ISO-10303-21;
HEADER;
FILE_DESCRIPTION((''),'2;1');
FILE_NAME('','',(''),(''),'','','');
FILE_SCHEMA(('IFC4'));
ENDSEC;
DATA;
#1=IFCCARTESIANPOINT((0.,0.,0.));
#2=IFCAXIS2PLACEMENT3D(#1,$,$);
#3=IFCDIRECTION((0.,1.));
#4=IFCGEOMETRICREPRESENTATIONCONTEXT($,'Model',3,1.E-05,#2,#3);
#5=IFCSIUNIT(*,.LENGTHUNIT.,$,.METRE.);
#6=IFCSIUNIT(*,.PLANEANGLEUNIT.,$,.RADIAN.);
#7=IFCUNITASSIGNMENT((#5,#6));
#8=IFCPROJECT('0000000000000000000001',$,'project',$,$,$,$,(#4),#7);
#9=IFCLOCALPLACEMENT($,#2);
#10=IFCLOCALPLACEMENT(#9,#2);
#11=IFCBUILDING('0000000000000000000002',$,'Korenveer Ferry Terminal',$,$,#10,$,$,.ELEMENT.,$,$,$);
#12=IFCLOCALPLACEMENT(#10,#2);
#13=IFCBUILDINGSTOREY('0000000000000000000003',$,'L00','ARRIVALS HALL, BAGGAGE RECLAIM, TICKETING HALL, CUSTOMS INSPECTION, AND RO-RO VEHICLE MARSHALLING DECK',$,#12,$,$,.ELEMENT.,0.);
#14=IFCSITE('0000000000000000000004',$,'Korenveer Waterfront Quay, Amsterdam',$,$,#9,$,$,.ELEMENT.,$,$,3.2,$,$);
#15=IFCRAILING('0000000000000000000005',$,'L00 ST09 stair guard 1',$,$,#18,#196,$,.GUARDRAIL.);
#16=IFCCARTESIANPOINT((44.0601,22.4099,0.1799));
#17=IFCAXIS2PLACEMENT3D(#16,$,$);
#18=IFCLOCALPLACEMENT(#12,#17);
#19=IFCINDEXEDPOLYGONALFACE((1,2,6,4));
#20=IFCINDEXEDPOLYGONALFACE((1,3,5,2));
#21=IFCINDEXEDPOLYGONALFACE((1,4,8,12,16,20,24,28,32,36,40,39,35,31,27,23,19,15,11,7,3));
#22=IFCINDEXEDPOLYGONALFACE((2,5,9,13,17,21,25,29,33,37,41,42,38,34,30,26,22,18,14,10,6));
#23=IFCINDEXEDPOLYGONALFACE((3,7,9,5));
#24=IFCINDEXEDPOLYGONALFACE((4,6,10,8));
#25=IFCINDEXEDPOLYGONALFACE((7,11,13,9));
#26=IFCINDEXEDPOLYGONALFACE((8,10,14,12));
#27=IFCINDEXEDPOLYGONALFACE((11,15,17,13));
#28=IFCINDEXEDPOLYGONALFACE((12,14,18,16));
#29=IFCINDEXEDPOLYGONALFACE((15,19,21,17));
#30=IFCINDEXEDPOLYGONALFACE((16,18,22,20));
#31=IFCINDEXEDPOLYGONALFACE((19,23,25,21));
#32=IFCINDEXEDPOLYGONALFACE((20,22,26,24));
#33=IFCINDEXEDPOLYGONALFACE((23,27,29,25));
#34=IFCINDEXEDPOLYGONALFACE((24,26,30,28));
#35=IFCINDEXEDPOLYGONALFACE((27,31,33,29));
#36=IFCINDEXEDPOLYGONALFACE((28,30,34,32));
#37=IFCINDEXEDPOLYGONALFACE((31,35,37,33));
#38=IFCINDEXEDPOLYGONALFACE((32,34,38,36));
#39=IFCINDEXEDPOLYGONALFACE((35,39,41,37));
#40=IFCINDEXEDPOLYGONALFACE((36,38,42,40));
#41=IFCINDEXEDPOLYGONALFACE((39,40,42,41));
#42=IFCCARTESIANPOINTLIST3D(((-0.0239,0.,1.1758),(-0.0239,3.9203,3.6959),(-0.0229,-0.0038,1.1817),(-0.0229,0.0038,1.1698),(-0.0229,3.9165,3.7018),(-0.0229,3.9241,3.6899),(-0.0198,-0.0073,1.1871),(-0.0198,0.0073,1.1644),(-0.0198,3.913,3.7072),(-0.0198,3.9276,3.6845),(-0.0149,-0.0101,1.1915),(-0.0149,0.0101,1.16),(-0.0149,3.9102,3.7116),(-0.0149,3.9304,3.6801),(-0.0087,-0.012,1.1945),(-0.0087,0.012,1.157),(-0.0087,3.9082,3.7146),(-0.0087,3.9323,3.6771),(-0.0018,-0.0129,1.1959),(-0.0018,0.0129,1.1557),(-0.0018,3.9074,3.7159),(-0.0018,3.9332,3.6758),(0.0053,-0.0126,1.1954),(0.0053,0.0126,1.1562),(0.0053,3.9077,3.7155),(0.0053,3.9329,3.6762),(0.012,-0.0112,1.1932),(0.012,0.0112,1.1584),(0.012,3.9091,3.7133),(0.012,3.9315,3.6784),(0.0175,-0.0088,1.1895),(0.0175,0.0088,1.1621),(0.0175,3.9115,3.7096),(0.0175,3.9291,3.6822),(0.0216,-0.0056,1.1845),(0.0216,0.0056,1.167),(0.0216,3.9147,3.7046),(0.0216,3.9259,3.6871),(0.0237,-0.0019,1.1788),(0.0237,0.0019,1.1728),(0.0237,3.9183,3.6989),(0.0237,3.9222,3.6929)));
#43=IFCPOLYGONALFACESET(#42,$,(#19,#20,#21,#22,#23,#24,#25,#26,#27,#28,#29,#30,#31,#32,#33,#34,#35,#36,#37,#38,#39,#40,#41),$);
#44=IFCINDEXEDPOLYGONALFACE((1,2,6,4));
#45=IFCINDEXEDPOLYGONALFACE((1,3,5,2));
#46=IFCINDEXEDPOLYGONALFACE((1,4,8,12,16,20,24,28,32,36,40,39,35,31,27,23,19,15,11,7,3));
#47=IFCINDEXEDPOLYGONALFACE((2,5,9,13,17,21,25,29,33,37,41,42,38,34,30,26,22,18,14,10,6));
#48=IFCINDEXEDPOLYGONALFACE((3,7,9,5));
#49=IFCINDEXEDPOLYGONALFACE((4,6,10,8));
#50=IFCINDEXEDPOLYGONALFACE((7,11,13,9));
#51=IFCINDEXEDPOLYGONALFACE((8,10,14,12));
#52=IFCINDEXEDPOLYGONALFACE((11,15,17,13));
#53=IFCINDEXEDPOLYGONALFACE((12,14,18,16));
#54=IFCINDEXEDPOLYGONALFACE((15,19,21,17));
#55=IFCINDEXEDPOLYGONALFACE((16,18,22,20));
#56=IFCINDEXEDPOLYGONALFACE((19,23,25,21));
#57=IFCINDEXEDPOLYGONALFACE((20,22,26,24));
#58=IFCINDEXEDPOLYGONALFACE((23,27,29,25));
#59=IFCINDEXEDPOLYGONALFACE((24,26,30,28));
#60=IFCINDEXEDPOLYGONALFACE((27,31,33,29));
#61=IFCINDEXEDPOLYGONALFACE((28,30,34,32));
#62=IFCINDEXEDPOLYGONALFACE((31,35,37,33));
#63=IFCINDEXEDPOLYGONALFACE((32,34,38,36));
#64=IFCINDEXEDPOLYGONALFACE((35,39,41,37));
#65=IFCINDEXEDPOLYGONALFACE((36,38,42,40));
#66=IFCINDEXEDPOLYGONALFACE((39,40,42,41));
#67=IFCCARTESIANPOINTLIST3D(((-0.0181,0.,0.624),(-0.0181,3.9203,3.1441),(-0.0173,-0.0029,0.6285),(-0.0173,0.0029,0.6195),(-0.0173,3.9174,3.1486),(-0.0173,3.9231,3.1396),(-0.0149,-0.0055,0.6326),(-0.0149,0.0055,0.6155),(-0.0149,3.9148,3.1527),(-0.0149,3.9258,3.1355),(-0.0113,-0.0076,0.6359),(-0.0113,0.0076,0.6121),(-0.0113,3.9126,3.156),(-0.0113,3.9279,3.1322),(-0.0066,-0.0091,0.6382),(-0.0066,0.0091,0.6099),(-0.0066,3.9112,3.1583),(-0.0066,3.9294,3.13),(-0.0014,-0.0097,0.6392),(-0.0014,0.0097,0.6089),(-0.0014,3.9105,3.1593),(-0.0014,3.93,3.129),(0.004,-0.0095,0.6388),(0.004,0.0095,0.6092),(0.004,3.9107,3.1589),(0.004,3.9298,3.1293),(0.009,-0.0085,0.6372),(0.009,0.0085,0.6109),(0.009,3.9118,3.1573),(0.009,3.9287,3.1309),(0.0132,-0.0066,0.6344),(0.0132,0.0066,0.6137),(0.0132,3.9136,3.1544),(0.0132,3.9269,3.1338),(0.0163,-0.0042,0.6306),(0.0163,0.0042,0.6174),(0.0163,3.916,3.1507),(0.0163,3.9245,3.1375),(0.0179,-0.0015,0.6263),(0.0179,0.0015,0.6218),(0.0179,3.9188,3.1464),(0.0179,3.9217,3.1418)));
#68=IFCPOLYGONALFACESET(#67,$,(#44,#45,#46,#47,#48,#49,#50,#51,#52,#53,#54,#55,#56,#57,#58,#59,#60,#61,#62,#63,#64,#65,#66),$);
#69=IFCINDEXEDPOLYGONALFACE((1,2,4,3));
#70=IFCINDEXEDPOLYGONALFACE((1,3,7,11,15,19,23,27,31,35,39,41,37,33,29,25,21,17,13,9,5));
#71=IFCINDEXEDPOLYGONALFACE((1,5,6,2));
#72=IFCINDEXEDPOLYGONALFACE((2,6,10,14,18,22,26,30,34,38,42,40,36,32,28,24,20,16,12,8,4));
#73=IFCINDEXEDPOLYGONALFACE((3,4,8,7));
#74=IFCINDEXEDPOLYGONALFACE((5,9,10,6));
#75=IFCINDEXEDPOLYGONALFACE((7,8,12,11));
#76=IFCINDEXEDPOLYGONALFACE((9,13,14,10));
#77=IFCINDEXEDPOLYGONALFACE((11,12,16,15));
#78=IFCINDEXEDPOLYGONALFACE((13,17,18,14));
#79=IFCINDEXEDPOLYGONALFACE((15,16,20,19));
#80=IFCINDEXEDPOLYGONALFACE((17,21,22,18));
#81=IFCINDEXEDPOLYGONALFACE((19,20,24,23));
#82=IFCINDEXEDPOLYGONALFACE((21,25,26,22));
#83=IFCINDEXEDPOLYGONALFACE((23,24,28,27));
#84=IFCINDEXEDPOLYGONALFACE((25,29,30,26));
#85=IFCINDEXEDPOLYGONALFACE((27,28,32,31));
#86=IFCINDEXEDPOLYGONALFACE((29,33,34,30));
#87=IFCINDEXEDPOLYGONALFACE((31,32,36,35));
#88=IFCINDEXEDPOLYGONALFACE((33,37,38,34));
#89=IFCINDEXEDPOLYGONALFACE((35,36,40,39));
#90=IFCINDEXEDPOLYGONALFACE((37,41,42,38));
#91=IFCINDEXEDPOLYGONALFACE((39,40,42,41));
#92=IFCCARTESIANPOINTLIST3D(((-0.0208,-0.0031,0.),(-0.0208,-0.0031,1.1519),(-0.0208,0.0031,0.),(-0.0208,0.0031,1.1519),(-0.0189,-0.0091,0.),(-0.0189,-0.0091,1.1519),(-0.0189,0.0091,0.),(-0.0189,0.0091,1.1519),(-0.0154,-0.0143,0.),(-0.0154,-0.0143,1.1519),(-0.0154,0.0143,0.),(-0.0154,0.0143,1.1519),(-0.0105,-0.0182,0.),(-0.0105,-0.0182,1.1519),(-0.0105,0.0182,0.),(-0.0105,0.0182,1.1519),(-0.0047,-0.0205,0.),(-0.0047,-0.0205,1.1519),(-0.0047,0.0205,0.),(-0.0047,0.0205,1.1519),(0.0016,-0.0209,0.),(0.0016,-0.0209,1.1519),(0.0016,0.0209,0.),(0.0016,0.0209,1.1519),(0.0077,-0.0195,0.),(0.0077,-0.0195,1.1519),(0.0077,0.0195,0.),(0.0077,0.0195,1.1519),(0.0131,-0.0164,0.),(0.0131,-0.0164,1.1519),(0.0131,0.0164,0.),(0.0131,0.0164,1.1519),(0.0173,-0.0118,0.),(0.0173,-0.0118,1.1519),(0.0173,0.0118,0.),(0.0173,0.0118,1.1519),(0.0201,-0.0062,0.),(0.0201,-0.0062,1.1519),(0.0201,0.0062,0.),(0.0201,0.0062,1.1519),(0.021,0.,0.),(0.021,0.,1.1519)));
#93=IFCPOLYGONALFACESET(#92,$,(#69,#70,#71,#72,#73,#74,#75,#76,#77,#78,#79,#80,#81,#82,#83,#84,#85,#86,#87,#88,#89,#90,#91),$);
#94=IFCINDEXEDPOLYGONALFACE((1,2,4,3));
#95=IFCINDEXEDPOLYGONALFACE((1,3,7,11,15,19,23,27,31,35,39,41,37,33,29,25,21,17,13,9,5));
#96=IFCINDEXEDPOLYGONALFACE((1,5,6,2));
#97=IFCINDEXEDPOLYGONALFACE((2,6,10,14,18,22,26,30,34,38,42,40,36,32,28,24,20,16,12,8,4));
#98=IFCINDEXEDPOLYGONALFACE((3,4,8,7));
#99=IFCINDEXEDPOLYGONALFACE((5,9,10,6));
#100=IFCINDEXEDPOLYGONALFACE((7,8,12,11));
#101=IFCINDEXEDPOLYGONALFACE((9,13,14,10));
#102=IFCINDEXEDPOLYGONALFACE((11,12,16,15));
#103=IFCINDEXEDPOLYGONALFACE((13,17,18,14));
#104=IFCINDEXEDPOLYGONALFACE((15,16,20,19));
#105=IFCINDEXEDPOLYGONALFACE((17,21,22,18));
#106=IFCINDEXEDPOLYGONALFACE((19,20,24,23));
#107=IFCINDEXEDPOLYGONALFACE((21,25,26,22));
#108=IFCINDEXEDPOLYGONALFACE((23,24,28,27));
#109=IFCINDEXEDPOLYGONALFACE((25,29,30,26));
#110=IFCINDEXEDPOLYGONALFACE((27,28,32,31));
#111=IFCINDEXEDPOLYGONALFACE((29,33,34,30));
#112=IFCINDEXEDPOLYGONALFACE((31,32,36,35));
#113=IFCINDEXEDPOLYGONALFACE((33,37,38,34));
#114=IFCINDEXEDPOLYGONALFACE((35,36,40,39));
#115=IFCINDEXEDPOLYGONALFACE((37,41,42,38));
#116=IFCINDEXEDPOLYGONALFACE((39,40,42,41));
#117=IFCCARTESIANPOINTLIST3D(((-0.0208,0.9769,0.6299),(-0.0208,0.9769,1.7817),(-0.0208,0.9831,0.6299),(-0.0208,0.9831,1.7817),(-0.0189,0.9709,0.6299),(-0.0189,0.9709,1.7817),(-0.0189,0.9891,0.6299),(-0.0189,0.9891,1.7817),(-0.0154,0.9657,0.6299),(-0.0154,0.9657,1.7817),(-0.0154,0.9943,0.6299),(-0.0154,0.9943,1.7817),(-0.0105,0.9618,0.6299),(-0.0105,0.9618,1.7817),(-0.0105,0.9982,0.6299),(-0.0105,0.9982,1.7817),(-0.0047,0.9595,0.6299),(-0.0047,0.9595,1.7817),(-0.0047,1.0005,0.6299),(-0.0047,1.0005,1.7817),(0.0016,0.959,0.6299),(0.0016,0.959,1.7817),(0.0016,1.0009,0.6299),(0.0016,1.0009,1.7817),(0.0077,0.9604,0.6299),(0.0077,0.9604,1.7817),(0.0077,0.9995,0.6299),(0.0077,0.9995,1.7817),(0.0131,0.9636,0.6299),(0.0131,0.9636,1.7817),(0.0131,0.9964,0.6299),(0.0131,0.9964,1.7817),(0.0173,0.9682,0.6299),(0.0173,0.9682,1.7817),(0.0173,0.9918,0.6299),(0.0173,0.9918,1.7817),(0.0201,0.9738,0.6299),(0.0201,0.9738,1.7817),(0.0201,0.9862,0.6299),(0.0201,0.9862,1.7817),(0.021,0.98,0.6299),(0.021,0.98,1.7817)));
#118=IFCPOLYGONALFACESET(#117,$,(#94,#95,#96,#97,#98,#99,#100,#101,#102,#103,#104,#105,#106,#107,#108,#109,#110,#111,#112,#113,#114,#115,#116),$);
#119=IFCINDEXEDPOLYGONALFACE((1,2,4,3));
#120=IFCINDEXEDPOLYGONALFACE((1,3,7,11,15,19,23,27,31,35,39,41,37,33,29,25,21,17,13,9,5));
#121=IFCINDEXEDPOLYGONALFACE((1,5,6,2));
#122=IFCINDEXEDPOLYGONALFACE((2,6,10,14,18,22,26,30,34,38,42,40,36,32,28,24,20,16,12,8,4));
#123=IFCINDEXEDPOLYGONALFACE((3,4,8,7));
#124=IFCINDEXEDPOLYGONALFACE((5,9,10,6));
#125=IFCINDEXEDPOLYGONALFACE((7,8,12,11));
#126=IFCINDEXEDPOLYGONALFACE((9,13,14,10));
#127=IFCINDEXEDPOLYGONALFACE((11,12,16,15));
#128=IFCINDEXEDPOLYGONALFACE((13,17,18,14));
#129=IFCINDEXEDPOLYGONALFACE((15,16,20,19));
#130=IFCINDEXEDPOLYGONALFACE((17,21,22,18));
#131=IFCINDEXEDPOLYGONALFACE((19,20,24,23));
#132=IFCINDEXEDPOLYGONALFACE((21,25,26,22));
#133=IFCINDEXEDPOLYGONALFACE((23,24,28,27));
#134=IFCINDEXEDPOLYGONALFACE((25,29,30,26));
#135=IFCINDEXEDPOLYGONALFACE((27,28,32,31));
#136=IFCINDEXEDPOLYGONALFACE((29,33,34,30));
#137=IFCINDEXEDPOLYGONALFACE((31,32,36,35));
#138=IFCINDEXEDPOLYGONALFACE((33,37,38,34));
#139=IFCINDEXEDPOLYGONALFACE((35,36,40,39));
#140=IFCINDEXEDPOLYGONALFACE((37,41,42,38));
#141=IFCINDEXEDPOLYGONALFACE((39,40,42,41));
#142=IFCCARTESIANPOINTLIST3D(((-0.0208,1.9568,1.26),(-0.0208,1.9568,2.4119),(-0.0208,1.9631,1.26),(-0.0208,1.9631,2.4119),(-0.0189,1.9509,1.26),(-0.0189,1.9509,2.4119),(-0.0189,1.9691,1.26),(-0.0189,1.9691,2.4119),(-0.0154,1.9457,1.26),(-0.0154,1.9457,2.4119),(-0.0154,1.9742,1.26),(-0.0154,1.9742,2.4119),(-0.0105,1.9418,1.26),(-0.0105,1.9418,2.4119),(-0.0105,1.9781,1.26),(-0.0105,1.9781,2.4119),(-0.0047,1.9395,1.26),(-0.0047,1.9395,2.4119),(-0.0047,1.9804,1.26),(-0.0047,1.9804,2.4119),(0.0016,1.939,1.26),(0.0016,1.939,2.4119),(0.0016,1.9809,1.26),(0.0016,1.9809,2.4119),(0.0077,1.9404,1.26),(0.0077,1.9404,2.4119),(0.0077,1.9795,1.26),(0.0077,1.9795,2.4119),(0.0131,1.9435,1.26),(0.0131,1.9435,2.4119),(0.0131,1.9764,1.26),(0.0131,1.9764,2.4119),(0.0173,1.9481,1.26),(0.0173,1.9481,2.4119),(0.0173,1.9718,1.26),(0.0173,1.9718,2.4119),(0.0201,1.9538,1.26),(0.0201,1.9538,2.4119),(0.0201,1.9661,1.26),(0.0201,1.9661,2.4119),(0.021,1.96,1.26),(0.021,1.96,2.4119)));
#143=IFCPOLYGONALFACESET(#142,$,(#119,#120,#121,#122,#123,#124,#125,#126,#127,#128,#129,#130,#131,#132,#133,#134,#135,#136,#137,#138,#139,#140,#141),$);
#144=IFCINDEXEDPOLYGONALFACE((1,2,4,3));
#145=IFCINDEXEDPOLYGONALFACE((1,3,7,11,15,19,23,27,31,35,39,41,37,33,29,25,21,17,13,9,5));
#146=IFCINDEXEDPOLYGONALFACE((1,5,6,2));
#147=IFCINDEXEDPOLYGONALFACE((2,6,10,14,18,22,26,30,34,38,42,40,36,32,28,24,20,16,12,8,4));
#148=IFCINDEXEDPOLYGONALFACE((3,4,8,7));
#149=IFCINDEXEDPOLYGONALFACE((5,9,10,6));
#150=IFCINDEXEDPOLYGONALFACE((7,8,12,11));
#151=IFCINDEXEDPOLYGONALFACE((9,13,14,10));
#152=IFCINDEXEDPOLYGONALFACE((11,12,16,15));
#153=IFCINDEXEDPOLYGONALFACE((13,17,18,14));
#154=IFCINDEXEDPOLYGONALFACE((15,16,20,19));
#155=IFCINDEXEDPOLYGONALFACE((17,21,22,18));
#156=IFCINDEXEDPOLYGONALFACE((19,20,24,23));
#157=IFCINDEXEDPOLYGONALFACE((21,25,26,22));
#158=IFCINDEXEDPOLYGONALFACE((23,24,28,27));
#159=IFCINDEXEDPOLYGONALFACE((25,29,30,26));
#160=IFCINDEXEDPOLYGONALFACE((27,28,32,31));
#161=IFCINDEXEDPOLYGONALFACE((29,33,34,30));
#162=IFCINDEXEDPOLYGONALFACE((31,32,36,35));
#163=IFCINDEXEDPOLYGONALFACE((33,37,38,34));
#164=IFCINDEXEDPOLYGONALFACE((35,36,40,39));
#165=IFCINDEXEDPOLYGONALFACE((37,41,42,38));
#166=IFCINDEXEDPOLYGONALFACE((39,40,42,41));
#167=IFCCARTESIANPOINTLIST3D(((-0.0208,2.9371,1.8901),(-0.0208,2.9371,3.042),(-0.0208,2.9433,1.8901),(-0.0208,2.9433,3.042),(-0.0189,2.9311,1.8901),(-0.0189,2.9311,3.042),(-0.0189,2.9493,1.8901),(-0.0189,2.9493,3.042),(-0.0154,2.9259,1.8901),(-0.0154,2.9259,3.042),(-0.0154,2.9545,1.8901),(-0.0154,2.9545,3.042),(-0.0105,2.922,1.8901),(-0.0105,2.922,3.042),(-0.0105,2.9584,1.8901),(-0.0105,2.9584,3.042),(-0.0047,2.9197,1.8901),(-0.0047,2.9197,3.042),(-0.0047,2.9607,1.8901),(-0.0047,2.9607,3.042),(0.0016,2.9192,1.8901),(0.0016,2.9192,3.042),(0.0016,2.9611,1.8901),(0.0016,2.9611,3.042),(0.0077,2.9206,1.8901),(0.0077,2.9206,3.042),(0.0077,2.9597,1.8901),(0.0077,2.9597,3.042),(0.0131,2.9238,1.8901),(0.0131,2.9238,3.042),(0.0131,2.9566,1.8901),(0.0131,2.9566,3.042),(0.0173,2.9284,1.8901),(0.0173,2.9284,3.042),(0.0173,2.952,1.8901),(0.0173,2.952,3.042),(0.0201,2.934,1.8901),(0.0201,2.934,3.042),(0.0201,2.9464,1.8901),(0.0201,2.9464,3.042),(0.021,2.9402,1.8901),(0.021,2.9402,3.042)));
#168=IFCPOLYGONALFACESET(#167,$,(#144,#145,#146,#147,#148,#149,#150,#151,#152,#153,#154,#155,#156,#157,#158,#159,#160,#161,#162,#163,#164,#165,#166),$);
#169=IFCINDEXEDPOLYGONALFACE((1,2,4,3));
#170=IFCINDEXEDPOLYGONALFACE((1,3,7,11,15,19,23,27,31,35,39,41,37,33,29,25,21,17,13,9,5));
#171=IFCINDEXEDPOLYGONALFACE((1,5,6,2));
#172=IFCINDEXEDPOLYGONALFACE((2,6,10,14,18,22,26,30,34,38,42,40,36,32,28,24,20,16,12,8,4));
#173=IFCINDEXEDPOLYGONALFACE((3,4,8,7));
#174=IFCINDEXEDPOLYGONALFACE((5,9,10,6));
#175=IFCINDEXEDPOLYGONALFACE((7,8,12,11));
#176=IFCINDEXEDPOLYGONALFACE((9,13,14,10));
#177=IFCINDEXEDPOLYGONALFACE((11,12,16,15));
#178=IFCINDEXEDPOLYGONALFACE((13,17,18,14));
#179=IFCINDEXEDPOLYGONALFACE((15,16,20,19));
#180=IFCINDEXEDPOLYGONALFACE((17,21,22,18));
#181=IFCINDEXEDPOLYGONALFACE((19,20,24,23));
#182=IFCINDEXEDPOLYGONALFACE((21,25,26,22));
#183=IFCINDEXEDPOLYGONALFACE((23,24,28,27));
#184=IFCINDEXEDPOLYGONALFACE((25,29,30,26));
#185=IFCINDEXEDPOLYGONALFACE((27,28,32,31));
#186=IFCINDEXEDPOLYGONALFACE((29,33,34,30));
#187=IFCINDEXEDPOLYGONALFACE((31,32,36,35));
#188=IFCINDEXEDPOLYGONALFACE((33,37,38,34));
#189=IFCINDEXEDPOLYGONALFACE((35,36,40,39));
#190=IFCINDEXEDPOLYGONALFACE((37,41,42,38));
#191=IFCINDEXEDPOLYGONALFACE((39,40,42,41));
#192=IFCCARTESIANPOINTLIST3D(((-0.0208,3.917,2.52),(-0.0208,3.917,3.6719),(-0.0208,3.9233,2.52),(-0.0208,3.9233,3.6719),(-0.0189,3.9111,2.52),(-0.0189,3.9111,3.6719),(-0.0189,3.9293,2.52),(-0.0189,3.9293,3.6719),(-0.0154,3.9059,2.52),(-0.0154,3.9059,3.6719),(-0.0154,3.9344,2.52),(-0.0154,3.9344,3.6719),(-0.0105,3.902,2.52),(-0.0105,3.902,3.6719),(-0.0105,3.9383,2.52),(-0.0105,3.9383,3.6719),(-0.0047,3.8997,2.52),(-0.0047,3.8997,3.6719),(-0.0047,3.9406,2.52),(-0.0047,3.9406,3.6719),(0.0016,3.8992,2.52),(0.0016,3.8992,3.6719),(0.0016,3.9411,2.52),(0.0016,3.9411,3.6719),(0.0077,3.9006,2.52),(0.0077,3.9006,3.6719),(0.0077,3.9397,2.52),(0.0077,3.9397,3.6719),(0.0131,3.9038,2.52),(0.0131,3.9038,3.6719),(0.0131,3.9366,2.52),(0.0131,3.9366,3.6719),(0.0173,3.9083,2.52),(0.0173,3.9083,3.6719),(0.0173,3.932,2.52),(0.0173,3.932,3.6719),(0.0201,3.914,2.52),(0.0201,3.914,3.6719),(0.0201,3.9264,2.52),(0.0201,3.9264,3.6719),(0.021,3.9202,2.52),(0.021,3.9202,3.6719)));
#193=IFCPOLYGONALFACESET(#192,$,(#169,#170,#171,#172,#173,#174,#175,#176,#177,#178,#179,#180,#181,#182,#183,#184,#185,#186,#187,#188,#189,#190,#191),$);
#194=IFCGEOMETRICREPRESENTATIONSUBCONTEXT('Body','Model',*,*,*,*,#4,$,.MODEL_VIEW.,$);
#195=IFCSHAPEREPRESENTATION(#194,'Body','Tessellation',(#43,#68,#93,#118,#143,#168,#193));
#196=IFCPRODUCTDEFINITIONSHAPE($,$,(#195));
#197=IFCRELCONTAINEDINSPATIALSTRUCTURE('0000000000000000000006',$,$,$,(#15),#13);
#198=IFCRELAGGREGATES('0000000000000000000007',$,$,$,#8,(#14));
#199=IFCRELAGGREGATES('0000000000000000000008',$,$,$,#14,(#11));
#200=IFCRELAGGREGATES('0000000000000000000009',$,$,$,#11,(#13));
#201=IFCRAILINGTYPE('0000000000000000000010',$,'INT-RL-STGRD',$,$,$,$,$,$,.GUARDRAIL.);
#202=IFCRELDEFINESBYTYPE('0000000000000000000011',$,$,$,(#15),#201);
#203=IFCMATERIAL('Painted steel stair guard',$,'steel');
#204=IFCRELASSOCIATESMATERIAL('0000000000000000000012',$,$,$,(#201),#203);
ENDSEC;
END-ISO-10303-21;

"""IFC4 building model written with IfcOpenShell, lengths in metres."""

from ifc_helpers import new_model, si_unit, direction, frame, origin, origin_2d, place, context, subcontext, project, spatial, circle, extrude, material, type_object, element, save


model = new_model("IFC4")

# Units and contexts
model_context = context("Model", 3, precision=1e-05, world=origin(), true_north=direction((0.0, 1.0)))
body_context = subcontext(model_context, "Body", "Model", "MODEL_VIEW")
ifc_project = project(units=[si_unit("LENGTHUNIT", "METRE"), si_unit("PLANEANGLEUNIT", "RADIAN")], contexts=[model_context])

# Site, building, storey
site_placement = place(None, origin())
site = spatial("IfcSite", under=ifc_project, at=site_placement, Name="Korenveer Waterfront Quay, Amsterdam", CompositionType="ELEMENT", RefElevation=3.2)
building_placement = place(site_placement, origin())
building = spatial("IfcBuilding", under=site, at=building_placement, Name="Korenveer Ferry Terminal", CompositionType="ELEMENT")
storey_placement = place(building_placement, origin())
storey = spatial("IfcBuildingStorey", under=building, at=storey_placement, Name="L00", Description="ARRIVALS HALL, BAGGAGE RECLAIM, TICKETING HALL, CUSTOMS INSPECTION, AND RO-RO VEHICLE MARSHALLING DECK", CompositionType="ELEMENT", Elevation=0.0)

# Railing
ifc_material_1 = material(Name="Painted steel stair guard", Category="steel")
railing_type_1 = type_object("IfcRailingType", Name="INT-RL-STGRD", PredefinedType="GUARDRAIL", material=ifc_material_1)
railing_1_placement = place(storey_placement, frame((44.0601, 22.4099, 0.1799)))
element("IfcRailing", 1, at=railing_1_placement, inside=storey, type_object=railing_type_1, Name="L00 ST09 stair guard 1", PredefinedType="GUARDRAIL", context=body_context, shape_type="SweptSolid", body=[
    extrude(circle(Radius=0.0239, at=origin_2d()), frame((0.0, 0.0, 1.1758), z_axis=(0.0, 0.841187, 0.540744), x_axis=(-1.0, 0.0, 0.0)), (0.0, 0.0, 1.0), 4.6604),
    extrude(circle(Radius=0.0181, at=origin_2d()), frame((0.0, 0.0, 0.624), z_axis=(0.0, 0.841187, 0.540744), x_axis=(-1.0, 0.0, 0.0)), (0.0, 0.0, 1.0), 4.6604),
    extrude(circle(Radius=0.021, at=origin_2d()), origin(), (0.0, 0.0, 1.0), 1.1519),
    extrude(circle(Radius=0.021, at=origin_2d()), frame((0.0, 0.98, 0.6299)), (0.0, 0.0, 1.0), 1.1519),
    extrude(circle(Radius=0.021, at=origin_2d()), frame((0.0, 1.96, 1.26)), (0.0, 0.0, 1.0), 1.1519),
    extrude(circle(Radius=0.021, at=origin_2d()), frame((0.0, 2.9402, 1.8901)), (0.0, 0.0, 1.0), 1.1519),
    extrude(circle(Radius=0.021, at=origin_2d()), frame((0.0, 3.9202, 2.52)), (0.0, 0.0, 1.0), 1.1519),
])

save(model, "model.ifc")
